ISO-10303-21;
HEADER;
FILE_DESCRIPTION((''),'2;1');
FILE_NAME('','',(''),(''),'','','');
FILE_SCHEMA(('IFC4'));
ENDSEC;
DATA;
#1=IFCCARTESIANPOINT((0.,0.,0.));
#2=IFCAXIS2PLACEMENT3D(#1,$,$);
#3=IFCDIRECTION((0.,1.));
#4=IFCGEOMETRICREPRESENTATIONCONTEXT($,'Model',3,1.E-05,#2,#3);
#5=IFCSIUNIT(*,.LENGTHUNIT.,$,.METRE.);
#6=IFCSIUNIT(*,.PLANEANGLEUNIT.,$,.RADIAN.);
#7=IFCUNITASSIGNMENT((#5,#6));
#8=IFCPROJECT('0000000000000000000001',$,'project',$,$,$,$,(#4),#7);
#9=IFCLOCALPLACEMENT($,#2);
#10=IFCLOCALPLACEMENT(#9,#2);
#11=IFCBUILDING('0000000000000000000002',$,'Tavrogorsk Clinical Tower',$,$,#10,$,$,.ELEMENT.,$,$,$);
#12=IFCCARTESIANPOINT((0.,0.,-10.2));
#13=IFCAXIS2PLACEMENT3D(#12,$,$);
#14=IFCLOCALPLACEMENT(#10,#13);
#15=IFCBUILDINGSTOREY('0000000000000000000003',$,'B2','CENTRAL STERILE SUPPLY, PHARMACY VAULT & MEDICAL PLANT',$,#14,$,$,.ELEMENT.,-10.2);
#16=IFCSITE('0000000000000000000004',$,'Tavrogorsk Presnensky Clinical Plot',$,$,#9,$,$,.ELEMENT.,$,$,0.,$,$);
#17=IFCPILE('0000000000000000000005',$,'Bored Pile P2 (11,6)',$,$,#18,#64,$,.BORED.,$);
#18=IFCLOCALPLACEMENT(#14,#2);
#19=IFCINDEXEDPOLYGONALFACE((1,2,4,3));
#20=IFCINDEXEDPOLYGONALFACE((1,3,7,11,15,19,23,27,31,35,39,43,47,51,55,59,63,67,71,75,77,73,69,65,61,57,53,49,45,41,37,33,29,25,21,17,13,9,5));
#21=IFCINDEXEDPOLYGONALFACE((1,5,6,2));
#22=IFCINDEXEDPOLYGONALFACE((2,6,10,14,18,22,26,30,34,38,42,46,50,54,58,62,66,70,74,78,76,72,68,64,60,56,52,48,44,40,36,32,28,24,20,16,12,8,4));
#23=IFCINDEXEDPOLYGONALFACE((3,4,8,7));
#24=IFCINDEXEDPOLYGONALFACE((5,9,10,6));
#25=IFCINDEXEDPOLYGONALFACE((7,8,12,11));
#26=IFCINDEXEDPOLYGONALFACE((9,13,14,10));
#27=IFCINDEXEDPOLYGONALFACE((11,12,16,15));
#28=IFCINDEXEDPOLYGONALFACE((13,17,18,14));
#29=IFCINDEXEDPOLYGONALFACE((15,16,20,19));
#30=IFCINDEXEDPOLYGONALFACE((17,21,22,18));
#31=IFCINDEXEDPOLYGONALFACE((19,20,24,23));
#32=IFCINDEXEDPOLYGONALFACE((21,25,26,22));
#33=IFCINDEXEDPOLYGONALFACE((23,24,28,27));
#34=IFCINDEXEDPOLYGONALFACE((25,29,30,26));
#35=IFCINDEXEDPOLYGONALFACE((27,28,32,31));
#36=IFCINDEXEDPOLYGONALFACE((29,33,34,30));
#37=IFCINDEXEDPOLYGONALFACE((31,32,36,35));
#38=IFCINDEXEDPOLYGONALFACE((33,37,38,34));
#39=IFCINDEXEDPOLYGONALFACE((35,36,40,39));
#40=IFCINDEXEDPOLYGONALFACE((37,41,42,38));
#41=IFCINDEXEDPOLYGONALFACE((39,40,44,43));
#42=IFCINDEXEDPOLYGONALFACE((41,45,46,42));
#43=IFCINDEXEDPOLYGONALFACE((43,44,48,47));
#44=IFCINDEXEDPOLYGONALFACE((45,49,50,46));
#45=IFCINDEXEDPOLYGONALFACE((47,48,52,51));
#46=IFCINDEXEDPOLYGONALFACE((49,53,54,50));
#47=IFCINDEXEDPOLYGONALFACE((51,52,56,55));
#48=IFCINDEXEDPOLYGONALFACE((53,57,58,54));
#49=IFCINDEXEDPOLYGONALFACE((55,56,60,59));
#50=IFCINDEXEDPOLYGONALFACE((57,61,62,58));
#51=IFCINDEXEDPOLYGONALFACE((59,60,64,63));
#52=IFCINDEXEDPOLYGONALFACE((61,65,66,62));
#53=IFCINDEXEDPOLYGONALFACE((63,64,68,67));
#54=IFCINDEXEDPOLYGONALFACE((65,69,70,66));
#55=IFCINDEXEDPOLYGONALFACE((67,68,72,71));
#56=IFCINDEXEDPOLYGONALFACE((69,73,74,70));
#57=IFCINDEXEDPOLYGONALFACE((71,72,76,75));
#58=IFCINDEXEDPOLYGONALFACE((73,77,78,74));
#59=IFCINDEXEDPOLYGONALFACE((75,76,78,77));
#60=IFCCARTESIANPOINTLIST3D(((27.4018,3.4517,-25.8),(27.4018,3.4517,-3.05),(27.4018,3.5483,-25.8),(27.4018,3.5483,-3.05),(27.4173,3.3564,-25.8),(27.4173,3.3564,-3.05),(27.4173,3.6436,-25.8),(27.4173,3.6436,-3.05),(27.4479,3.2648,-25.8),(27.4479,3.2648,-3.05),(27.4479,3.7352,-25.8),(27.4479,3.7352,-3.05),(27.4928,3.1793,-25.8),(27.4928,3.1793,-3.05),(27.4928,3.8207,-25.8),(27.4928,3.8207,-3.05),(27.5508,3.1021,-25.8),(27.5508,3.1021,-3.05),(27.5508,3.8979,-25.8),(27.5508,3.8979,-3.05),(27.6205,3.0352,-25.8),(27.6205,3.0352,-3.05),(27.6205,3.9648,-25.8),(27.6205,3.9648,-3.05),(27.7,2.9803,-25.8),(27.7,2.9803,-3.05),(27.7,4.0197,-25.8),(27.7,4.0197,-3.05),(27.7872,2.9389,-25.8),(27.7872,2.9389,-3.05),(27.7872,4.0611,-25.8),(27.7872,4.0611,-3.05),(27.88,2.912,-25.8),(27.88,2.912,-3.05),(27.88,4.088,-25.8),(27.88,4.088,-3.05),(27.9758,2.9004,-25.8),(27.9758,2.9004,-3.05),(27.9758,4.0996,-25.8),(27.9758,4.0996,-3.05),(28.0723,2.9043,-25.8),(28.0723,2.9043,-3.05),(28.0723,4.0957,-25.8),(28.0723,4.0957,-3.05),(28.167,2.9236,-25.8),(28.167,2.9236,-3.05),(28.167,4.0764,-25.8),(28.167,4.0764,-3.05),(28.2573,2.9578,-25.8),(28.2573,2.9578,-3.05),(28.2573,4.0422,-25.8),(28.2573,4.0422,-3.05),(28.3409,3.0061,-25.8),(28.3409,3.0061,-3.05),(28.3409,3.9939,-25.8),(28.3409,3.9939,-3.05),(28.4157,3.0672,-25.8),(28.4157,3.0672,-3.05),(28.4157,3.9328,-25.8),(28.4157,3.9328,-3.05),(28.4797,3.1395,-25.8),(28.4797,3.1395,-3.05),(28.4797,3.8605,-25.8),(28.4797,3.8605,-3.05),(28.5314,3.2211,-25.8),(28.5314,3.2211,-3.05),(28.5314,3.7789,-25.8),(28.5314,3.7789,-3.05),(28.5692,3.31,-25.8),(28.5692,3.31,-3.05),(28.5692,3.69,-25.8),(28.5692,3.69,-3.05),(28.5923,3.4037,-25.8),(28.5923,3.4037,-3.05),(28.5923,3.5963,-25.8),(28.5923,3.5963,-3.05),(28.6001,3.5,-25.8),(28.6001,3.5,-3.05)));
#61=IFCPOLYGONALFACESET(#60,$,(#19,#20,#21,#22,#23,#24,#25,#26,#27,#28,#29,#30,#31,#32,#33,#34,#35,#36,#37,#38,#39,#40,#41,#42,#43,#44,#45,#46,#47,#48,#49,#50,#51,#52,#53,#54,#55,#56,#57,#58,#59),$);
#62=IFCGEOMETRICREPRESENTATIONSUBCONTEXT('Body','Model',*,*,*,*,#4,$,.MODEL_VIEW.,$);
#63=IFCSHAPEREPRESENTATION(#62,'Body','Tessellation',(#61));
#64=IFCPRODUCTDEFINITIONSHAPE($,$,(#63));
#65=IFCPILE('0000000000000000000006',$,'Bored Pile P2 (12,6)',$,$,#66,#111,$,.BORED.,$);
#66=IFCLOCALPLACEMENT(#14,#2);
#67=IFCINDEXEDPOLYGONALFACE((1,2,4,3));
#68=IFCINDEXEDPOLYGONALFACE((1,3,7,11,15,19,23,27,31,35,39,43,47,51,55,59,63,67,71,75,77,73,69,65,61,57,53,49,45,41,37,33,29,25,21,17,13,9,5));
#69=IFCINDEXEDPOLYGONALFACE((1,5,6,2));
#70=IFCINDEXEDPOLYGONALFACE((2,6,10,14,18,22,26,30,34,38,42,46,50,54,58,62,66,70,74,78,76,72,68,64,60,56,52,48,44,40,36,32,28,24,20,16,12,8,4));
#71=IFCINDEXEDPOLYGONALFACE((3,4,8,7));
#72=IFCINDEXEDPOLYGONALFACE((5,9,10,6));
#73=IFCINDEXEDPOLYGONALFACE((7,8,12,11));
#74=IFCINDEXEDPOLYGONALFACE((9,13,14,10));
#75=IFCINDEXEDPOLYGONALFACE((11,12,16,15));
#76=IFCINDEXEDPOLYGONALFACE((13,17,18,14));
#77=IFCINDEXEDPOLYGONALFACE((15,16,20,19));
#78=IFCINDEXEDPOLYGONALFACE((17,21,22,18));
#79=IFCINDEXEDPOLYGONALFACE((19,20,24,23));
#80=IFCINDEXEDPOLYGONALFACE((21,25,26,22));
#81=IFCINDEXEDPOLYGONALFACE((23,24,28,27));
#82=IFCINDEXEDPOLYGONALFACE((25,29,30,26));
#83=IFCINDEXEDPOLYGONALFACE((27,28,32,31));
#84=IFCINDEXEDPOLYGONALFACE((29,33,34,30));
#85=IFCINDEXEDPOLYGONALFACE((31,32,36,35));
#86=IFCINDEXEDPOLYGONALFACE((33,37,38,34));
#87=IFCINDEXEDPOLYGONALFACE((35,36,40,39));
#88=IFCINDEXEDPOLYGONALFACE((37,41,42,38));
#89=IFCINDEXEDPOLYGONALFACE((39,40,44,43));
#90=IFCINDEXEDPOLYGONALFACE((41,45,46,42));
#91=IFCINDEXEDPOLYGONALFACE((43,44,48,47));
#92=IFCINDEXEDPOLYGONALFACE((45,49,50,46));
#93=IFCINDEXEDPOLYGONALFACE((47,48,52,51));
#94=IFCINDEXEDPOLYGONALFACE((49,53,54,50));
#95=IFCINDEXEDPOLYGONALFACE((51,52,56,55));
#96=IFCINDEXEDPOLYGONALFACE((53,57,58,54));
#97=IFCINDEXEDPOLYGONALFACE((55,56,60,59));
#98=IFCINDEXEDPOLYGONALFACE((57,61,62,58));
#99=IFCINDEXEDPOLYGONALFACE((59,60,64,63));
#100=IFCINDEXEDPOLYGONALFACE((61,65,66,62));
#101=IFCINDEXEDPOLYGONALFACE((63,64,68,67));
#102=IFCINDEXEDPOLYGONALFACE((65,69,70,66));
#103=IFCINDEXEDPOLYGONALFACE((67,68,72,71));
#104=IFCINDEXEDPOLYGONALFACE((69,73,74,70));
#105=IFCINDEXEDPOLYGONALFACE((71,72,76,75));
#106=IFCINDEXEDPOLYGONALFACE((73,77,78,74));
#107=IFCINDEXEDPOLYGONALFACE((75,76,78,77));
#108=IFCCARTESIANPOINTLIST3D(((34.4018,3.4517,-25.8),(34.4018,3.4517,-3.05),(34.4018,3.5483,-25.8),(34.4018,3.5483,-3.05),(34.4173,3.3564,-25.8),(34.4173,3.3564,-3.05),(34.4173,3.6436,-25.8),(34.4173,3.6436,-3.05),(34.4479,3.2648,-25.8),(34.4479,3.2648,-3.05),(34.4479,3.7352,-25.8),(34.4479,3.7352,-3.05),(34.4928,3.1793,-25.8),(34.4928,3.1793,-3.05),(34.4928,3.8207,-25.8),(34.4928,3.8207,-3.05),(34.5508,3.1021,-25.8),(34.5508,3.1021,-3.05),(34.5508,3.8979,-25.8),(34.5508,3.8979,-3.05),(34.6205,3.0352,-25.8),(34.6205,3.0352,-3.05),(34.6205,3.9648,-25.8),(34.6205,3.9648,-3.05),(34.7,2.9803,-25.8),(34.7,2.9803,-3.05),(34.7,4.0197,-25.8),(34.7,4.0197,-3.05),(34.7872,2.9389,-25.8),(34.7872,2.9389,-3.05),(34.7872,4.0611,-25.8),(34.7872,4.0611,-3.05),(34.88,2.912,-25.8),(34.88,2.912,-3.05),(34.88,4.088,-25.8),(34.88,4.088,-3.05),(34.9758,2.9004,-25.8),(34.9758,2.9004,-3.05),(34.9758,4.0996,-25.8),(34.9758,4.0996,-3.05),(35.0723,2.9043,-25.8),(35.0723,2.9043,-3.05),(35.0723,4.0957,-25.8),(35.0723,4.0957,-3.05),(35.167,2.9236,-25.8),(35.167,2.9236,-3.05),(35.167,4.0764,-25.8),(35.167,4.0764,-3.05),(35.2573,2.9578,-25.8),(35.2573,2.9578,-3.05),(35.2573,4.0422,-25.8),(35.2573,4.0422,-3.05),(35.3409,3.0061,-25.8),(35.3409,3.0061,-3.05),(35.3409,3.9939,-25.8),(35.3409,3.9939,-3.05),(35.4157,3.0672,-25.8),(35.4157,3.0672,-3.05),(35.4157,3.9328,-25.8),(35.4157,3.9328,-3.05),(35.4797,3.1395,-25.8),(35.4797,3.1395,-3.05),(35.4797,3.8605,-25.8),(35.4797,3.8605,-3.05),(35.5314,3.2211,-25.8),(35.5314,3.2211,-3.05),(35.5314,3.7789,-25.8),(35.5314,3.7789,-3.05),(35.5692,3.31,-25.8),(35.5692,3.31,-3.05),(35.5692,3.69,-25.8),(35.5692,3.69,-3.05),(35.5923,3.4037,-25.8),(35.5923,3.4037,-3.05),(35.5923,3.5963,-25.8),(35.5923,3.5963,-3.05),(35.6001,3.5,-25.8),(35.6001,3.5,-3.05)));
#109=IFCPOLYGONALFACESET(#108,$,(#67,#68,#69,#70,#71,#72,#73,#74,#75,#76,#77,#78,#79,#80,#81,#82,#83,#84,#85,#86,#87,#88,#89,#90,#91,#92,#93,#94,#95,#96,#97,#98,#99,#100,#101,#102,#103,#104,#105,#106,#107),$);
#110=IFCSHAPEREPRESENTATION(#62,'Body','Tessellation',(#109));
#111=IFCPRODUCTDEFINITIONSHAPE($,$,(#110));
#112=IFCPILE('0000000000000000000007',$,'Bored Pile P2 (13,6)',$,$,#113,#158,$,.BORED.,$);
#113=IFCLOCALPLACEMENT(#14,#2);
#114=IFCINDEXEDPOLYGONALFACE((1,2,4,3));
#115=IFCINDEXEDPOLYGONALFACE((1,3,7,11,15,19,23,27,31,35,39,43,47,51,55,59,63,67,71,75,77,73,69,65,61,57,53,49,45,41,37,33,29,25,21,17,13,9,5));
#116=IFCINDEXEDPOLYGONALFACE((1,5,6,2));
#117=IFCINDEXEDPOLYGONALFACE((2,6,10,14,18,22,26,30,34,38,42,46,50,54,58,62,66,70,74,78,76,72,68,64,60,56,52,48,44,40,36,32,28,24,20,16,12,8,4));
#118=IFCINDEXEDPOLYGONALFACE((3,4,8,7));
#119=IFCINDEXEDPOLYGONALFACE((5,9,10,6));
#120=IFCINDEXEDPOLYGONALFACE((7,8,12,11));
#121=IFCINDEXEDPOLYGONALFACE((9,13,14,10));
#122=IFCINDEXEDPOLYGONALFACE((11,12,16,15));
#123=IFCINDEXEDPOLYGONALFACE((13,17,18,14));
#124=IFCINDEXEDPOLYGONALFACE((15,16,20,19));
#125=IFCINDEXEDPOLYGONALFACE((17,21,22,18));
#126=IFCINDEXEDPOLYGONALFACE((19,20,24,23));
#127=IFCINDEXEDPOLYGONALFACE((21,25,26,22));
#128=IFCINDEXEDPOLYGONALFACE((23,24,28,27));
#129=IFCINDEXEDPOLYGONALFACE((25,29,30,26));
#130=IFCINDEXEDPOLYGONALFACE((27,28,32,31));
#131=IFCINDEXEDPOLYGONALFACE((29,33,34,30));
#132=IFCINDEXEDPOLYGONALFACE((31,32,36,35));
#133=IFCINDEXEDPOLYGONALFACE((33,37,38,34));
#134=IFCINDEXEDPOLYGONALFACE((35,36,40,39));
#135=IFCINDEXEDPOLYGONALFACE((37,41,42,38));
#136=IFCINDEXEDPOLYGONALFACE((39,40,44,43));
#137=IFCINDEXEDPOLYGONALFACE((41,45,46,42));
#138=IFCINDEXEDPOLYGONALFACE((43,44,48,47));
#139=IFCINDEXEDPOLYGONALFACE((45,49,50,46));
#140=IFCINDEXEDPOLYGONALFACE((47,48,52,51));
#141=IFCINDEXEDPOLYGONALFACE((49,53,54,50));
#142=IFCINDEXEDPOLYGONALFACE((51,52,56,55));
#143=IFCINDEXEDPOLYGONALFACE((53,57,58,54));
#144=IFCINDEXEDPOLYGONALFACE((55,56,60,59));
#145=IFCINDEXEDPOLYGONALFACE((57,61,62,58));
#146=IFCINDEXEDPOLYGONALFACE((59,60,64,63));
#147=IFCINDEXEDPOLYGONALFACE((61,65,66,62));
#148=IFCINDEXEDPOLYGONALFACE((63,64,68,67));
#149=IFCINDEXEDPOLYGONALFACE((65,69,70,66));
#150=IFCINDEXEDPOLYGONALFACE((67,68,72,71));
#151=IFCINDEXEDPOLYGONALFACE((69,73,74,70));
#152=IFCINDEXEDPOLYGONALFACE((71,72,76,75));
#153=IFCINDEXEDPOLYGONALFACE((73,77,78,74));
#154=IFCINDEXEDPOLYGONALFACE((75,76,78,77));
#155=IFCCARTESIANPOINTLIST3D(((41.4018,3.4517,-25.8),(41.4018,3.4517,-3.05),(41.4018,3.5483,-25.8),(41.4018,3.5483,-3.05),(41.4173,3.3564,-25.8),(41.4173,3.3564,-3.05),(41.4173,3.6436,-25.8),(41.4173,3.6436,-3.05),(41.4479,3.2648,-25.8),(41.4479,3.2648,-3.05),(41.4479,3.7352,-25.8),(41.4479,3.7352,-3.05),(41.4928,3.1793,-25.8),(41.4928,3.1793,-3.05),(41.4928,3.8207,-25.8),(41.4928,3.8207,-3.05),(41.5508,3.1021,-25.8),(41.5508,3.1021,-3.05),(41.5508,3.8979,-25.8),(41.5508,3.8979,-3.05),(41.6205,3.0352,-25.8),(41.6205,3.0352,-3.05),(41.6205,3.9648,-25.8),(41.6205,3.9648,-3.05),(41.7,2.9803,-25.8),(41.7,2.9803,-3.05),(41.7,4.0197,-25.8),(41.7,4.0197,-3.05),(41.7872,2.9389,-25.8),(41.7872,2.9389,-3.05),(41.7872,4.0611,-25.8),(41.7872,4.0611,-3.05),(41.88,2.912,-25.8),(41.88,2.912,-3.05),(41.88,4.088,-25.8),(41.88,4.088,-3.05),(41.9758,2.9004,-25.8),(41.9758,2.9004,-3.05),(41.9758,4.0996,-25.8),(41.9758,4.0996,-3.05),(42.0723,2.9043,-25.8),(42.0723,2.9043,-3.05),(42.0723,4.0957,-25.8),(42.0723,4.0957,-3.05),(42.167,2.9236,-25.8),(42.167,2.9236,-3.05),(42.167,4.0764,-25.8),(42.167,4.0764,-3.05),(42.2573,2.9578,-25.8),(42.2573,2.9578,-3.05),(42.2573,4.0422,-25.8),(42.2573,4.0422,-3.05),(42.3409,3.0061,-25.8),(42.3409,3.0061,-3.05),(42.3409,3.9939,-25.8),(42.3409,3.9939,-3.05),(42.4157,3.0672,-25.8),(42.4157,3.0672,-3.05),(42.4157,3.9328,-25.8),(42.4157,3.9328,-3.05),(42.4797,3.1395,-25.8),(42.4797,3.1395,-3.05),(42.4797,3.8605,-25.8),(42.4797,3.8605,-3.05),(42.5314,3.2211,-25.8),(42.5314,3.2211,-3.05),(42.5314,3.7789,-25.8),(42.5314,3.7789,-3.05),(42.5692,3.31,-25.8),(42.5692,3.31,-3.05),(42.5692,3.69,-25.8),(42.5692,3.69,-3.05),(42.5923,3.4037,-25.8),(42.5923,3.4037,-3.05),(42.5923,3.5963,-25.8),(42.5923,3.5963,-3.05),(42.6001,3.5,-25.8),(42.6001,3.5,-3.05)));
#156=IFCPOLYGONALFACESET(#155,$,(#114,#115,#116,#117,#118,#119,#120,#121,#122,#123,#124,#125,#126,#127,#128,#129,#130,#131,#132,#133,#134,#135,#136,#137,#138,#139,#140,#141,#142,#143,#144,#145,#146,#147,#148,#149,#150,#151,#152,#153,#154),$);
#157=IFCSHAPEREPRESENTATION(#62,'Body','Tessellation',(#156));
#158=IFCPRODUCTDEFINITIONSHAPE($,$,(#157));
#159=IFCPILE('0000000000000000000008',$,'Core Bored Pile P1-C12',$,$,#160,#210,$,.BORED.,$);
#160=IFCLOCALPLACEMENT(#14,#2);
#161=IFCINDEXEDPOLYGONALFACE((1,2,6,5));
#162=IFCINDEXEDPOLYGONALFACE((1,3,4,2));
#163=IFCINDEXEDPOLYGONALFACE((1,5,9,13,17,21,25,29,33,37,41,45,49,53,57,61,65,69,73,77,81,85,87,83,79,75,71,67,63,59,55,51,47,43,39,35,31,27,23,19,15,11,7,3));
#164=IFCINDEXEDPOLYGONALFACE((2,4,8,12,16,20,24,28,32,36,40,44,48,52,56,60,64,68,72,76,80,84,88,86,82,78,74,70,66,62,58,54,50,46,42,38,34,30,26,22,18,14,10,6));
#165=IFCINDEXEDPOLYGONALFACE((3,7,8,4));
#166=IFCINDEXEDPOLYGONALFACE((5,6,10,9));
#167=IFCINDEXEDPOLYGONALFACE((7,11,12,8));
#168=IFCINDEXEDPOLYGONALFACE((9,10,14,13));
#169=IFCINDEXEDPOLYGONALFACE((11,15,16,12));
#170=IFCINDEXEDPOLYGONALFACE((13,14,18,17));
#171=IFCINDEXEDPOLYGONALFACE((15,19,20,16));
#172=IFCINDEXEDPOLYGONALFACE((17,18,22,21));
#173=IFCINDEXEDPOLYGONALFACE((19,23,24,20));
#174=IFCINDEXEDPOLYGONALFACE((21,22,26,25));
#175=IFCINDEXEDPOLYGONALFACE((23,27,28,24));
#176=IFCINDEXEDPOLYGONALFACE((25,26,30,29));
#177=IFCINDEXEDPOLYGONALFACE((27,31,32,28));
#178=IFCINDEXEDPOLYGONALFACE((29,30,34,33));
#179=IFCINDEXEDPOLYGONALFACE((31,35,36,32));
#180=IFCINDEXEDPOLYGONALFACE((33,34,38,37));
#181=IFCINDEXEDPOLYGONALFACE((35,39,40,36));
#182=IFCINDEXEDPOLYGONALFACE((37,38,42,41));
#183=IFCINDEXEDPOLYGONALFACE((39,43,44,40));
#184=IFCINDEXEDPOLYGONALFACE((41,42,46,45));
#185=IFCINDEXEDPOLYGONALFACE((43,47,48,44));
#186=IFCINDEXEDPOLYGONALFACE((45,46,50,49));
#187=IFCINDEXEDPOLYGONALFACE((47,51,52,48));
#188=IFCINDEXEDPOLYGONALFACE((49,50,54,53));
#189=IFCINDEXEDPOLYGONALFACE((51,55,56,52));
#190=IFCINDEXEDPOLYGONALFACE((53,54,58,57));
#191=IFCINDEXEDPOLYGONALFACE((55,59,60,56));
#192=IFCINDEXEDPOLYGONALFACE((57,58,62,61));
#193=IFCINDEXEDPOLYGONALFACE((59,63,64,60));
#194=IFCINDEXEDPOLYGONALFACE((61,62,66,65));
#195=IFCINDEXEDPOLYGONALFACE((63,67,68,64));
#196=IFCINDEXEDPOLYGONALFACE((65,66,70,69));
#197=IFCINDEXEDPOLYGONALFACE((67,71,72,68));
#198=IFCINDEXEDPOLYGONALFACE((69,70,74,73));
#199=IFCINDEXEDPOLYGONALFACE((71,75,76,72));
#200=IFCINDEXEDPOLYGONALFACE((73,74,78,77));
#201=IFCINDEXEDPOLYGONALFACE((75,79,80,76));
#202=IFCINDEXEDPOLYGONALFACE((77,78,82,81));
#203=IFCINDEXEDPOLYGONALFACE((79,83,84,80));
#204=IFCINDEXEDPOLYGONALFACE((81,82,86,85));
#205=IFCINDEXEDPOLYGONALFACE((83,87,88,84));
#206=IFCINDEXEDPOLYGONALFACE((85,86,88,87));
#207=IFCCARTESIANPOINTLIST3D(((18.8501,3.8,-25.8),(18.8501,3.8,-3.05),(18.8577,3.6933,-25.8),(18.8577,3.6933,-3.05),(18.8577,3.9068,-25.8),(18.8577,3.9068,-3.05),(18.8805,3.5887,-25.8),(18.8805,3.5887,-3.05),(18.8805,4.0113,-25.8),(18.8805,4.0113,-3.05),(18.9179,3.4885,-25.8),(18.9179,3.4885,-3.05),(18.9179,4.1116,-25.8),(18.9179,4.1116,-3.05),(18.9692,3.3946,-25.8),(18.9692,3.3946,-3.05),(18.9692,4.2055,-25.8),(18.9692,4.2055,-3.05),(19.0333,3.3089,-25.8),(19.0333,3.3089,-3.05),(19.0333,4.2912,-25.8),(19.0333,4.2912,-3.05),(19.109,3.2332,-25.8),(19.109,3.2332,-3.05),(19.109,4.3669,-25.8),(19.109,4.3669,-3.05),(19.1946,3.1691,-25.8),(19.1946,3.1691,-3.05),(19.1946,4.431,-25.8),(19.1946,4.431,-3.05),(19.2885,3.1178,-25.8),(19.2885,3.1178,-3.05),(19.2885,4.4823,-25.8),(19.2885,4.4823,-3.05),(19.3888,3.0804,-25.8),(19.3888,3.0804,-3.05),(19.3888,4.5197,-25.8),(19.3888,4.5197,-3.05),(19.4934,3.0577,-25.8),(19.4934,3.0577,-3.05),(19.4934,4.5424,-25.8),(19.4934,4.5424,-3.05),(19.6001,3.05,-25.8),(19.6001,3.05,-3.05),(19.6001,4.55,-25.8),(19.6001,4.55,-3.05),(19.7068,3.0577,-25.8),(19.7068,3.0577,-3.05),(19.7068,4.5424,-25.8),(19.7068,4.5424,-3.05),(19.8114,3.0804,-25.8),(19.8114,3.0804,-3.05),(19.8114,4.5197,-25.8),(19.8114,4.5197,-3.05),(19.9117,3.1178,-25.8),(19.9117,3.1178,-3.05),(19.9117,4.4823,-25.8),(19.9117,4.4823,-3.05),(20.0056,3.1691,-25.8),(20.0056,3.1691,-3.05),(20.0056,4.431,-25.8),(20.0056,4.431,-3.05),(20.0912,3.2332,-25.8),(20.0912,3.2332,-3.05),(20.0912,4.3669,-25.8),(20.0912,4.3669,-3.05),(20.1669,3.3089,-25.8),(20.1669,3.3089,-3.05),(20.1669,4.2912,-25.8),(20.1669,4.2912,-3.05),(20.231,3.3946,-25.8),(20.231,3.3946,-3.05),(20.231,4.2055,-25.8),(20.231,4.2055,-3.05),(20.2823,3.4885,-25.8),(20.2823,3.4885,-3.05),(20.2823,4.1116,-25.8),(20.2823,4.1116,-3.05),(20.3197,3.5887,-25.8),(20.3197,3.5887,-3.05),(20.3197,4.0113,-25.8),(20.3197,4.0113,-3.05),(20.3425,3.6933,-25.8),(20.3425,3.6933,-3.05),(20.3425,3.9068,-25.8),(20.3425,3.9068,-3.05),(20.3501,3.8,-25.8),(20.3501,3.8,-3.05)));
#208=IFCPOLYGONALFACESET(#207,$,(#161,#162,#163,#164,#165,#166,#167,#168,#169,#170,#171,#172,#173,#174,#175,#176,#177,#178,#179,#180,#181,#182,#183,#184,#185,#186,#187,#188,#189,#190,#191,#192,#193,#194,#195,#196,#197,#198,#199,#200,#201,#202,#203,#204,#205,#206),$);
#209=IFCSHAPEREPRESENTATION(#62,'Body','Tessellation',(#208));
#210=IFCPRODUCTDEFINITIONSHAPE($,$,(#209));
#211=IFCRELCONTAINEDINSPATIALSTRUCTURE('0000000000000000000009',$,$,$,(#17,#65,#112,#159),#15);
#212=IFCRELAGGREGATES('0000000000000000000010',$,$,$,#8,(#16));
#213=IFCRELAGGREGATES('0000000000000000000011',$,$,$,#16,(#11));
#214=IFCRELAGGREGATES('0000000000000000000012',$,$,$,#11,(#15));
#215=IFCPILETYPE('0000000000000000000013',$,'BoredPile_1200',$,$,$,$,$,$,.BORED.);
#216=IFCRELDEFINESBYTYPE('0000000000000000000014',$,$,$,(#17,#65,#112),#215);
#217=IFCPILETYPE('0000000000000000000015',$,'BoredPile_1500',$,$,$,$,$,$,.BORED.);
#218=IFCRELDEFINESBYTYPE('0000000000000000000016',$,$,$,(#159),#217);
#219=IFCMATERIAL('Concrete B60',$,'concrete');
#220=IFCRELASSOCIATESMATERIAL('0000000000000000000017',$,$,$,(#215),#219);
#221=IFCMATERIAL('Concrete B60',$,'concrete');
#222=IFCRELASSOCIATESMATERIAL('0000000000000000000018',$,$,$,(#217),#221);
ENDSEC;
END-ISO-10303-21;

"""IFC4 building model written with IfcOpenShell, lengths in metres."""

from ifc_helpers import new_model, si_unit, direction, frame, origin, origin_2d, place, context, subcontext, project, spatial, circle, extrude, material, material_profile, profile_set, type_object, element, save


model = new_model("IFC4")

# Units and contexts
model_context = context("Model", 3, precision=1e-05, world=origin(), true_north=direction((0.0, 1.0)))
body_context = subcontext(model_context, "Body", "Model", "MODEL_VIEW")
ifc_project = project(units=[si_unit("LENGTHUNIT", "METRE"), si_unit("PLANEANGLEUNIT", "RADIAN")], contexts=[model_context])

# Site, building, storey
site_placement = place(None, origin())
site = spatial("IfcSite", under=ifc_project, at=site_placement, Name="Tavrogorsk Presnensky Clinical Plot", CompositionType="ELEMENT", RefElevation=0.0)
building_placement = place(site_placement, origin())
building = spatial("IfcBuilding", under=site, at=building_placement, Name="Tavrogorsk Clinical Tower", CompositionType="ELEMENT")
storey_placement = place(building_placement, frame((0.0, 0.0, -10.2)))
storey = spatial("IfcBuildingStorey", under=building, at=storey_placement, Name="B2", Description="CENTRAL STERILE SUPPLY, PHARMACY VAULT & MEDICAL PLANT", CompositionType="ELEMENT", Elevation=-10.2)

# Piles
ifc_material_1 = material(Name="Concrete B60", Category="concrete")
ifc_material_profile_1 = material_profile(ifc_material_1, circle(Radius=0.6001, at=origin_2d()), Name="BORED-PILE-1200")
ifc_profile_set_1 = profile_set([ifc_material_profile_1], Name="Concrete B60")
pile_type_1 = type_object("IfcPileType", Name="BoredPile_1200", PredefinedType="BORED", material=ifc_profile_set_1)
for number, where, z_axis, x_axis, name in (
    (1, (28.0, 3.5, -3.05), (0.0, 0.0, -1.0), (1.0, 0.0, 0.0), "Bored Pile P2 (11,6)"),
    (2, (35.0, 3.5, -3.05), (0.0, 0.0, -1.0), (1.0, 0.0, 0.0), "Bored Pile P2 (12,6)"),
    (3, (42.0, 3.5, -3.05), (0.0, 0.0, -1.0), (1.0, 0.0, 0.0), "Bored Pile P2 (13,6)"),
):
    element("IfcPile", number, at=place(storey_placement, frame(where, z_axis=z_axis, x_axis=x_axis)), inside=storey, type_object=pile_type_1, Name=name, PredefinedType="BORED", context=body_context, shape_type="SweptSolid", body=[
        extrude(circle(Radius=0.6001, at=origin_2d()), origin(), (0.0, 0.0, 1.0), 22.75),
    ])
ifc_material_2 = material(Name="Concrete B60", Category="concrete")
ifc_material_profile_2 = material_profile(ifc_material_2, circle(Radius=0.75, at=origin_2d()), Name="BORED-PILE-1500")
ifc_profile_set_2 = profile_set([ifc_material_profile_2], Name="Concrete B60")
pile_type_2 = type_object("IfcPileType", Name="BoredPile_1500", PredefinedType="BORED", material=ifc_profile_set_2)
pile_placement = place(storey_placement, frame((19.6001, 3.8, -3.05), z_axis=(0.0, 0.0, -1.0), x_axis=(1.0, 0.0, 0.0)))
element("IfcPile", 4, at=pile_placement, inside=storey, type_object=pile_type_2, Name="Core Bored Pile P1-C12", PredefinedType="BORED", context=body_context, shape_type="SweptSolid", body=[
    extrude(circle(Radius=0.75, at=origin_2d()), origin(), (0.0, 0.0, 1.0), 22.75),
])

save(model, "model.ifc")
